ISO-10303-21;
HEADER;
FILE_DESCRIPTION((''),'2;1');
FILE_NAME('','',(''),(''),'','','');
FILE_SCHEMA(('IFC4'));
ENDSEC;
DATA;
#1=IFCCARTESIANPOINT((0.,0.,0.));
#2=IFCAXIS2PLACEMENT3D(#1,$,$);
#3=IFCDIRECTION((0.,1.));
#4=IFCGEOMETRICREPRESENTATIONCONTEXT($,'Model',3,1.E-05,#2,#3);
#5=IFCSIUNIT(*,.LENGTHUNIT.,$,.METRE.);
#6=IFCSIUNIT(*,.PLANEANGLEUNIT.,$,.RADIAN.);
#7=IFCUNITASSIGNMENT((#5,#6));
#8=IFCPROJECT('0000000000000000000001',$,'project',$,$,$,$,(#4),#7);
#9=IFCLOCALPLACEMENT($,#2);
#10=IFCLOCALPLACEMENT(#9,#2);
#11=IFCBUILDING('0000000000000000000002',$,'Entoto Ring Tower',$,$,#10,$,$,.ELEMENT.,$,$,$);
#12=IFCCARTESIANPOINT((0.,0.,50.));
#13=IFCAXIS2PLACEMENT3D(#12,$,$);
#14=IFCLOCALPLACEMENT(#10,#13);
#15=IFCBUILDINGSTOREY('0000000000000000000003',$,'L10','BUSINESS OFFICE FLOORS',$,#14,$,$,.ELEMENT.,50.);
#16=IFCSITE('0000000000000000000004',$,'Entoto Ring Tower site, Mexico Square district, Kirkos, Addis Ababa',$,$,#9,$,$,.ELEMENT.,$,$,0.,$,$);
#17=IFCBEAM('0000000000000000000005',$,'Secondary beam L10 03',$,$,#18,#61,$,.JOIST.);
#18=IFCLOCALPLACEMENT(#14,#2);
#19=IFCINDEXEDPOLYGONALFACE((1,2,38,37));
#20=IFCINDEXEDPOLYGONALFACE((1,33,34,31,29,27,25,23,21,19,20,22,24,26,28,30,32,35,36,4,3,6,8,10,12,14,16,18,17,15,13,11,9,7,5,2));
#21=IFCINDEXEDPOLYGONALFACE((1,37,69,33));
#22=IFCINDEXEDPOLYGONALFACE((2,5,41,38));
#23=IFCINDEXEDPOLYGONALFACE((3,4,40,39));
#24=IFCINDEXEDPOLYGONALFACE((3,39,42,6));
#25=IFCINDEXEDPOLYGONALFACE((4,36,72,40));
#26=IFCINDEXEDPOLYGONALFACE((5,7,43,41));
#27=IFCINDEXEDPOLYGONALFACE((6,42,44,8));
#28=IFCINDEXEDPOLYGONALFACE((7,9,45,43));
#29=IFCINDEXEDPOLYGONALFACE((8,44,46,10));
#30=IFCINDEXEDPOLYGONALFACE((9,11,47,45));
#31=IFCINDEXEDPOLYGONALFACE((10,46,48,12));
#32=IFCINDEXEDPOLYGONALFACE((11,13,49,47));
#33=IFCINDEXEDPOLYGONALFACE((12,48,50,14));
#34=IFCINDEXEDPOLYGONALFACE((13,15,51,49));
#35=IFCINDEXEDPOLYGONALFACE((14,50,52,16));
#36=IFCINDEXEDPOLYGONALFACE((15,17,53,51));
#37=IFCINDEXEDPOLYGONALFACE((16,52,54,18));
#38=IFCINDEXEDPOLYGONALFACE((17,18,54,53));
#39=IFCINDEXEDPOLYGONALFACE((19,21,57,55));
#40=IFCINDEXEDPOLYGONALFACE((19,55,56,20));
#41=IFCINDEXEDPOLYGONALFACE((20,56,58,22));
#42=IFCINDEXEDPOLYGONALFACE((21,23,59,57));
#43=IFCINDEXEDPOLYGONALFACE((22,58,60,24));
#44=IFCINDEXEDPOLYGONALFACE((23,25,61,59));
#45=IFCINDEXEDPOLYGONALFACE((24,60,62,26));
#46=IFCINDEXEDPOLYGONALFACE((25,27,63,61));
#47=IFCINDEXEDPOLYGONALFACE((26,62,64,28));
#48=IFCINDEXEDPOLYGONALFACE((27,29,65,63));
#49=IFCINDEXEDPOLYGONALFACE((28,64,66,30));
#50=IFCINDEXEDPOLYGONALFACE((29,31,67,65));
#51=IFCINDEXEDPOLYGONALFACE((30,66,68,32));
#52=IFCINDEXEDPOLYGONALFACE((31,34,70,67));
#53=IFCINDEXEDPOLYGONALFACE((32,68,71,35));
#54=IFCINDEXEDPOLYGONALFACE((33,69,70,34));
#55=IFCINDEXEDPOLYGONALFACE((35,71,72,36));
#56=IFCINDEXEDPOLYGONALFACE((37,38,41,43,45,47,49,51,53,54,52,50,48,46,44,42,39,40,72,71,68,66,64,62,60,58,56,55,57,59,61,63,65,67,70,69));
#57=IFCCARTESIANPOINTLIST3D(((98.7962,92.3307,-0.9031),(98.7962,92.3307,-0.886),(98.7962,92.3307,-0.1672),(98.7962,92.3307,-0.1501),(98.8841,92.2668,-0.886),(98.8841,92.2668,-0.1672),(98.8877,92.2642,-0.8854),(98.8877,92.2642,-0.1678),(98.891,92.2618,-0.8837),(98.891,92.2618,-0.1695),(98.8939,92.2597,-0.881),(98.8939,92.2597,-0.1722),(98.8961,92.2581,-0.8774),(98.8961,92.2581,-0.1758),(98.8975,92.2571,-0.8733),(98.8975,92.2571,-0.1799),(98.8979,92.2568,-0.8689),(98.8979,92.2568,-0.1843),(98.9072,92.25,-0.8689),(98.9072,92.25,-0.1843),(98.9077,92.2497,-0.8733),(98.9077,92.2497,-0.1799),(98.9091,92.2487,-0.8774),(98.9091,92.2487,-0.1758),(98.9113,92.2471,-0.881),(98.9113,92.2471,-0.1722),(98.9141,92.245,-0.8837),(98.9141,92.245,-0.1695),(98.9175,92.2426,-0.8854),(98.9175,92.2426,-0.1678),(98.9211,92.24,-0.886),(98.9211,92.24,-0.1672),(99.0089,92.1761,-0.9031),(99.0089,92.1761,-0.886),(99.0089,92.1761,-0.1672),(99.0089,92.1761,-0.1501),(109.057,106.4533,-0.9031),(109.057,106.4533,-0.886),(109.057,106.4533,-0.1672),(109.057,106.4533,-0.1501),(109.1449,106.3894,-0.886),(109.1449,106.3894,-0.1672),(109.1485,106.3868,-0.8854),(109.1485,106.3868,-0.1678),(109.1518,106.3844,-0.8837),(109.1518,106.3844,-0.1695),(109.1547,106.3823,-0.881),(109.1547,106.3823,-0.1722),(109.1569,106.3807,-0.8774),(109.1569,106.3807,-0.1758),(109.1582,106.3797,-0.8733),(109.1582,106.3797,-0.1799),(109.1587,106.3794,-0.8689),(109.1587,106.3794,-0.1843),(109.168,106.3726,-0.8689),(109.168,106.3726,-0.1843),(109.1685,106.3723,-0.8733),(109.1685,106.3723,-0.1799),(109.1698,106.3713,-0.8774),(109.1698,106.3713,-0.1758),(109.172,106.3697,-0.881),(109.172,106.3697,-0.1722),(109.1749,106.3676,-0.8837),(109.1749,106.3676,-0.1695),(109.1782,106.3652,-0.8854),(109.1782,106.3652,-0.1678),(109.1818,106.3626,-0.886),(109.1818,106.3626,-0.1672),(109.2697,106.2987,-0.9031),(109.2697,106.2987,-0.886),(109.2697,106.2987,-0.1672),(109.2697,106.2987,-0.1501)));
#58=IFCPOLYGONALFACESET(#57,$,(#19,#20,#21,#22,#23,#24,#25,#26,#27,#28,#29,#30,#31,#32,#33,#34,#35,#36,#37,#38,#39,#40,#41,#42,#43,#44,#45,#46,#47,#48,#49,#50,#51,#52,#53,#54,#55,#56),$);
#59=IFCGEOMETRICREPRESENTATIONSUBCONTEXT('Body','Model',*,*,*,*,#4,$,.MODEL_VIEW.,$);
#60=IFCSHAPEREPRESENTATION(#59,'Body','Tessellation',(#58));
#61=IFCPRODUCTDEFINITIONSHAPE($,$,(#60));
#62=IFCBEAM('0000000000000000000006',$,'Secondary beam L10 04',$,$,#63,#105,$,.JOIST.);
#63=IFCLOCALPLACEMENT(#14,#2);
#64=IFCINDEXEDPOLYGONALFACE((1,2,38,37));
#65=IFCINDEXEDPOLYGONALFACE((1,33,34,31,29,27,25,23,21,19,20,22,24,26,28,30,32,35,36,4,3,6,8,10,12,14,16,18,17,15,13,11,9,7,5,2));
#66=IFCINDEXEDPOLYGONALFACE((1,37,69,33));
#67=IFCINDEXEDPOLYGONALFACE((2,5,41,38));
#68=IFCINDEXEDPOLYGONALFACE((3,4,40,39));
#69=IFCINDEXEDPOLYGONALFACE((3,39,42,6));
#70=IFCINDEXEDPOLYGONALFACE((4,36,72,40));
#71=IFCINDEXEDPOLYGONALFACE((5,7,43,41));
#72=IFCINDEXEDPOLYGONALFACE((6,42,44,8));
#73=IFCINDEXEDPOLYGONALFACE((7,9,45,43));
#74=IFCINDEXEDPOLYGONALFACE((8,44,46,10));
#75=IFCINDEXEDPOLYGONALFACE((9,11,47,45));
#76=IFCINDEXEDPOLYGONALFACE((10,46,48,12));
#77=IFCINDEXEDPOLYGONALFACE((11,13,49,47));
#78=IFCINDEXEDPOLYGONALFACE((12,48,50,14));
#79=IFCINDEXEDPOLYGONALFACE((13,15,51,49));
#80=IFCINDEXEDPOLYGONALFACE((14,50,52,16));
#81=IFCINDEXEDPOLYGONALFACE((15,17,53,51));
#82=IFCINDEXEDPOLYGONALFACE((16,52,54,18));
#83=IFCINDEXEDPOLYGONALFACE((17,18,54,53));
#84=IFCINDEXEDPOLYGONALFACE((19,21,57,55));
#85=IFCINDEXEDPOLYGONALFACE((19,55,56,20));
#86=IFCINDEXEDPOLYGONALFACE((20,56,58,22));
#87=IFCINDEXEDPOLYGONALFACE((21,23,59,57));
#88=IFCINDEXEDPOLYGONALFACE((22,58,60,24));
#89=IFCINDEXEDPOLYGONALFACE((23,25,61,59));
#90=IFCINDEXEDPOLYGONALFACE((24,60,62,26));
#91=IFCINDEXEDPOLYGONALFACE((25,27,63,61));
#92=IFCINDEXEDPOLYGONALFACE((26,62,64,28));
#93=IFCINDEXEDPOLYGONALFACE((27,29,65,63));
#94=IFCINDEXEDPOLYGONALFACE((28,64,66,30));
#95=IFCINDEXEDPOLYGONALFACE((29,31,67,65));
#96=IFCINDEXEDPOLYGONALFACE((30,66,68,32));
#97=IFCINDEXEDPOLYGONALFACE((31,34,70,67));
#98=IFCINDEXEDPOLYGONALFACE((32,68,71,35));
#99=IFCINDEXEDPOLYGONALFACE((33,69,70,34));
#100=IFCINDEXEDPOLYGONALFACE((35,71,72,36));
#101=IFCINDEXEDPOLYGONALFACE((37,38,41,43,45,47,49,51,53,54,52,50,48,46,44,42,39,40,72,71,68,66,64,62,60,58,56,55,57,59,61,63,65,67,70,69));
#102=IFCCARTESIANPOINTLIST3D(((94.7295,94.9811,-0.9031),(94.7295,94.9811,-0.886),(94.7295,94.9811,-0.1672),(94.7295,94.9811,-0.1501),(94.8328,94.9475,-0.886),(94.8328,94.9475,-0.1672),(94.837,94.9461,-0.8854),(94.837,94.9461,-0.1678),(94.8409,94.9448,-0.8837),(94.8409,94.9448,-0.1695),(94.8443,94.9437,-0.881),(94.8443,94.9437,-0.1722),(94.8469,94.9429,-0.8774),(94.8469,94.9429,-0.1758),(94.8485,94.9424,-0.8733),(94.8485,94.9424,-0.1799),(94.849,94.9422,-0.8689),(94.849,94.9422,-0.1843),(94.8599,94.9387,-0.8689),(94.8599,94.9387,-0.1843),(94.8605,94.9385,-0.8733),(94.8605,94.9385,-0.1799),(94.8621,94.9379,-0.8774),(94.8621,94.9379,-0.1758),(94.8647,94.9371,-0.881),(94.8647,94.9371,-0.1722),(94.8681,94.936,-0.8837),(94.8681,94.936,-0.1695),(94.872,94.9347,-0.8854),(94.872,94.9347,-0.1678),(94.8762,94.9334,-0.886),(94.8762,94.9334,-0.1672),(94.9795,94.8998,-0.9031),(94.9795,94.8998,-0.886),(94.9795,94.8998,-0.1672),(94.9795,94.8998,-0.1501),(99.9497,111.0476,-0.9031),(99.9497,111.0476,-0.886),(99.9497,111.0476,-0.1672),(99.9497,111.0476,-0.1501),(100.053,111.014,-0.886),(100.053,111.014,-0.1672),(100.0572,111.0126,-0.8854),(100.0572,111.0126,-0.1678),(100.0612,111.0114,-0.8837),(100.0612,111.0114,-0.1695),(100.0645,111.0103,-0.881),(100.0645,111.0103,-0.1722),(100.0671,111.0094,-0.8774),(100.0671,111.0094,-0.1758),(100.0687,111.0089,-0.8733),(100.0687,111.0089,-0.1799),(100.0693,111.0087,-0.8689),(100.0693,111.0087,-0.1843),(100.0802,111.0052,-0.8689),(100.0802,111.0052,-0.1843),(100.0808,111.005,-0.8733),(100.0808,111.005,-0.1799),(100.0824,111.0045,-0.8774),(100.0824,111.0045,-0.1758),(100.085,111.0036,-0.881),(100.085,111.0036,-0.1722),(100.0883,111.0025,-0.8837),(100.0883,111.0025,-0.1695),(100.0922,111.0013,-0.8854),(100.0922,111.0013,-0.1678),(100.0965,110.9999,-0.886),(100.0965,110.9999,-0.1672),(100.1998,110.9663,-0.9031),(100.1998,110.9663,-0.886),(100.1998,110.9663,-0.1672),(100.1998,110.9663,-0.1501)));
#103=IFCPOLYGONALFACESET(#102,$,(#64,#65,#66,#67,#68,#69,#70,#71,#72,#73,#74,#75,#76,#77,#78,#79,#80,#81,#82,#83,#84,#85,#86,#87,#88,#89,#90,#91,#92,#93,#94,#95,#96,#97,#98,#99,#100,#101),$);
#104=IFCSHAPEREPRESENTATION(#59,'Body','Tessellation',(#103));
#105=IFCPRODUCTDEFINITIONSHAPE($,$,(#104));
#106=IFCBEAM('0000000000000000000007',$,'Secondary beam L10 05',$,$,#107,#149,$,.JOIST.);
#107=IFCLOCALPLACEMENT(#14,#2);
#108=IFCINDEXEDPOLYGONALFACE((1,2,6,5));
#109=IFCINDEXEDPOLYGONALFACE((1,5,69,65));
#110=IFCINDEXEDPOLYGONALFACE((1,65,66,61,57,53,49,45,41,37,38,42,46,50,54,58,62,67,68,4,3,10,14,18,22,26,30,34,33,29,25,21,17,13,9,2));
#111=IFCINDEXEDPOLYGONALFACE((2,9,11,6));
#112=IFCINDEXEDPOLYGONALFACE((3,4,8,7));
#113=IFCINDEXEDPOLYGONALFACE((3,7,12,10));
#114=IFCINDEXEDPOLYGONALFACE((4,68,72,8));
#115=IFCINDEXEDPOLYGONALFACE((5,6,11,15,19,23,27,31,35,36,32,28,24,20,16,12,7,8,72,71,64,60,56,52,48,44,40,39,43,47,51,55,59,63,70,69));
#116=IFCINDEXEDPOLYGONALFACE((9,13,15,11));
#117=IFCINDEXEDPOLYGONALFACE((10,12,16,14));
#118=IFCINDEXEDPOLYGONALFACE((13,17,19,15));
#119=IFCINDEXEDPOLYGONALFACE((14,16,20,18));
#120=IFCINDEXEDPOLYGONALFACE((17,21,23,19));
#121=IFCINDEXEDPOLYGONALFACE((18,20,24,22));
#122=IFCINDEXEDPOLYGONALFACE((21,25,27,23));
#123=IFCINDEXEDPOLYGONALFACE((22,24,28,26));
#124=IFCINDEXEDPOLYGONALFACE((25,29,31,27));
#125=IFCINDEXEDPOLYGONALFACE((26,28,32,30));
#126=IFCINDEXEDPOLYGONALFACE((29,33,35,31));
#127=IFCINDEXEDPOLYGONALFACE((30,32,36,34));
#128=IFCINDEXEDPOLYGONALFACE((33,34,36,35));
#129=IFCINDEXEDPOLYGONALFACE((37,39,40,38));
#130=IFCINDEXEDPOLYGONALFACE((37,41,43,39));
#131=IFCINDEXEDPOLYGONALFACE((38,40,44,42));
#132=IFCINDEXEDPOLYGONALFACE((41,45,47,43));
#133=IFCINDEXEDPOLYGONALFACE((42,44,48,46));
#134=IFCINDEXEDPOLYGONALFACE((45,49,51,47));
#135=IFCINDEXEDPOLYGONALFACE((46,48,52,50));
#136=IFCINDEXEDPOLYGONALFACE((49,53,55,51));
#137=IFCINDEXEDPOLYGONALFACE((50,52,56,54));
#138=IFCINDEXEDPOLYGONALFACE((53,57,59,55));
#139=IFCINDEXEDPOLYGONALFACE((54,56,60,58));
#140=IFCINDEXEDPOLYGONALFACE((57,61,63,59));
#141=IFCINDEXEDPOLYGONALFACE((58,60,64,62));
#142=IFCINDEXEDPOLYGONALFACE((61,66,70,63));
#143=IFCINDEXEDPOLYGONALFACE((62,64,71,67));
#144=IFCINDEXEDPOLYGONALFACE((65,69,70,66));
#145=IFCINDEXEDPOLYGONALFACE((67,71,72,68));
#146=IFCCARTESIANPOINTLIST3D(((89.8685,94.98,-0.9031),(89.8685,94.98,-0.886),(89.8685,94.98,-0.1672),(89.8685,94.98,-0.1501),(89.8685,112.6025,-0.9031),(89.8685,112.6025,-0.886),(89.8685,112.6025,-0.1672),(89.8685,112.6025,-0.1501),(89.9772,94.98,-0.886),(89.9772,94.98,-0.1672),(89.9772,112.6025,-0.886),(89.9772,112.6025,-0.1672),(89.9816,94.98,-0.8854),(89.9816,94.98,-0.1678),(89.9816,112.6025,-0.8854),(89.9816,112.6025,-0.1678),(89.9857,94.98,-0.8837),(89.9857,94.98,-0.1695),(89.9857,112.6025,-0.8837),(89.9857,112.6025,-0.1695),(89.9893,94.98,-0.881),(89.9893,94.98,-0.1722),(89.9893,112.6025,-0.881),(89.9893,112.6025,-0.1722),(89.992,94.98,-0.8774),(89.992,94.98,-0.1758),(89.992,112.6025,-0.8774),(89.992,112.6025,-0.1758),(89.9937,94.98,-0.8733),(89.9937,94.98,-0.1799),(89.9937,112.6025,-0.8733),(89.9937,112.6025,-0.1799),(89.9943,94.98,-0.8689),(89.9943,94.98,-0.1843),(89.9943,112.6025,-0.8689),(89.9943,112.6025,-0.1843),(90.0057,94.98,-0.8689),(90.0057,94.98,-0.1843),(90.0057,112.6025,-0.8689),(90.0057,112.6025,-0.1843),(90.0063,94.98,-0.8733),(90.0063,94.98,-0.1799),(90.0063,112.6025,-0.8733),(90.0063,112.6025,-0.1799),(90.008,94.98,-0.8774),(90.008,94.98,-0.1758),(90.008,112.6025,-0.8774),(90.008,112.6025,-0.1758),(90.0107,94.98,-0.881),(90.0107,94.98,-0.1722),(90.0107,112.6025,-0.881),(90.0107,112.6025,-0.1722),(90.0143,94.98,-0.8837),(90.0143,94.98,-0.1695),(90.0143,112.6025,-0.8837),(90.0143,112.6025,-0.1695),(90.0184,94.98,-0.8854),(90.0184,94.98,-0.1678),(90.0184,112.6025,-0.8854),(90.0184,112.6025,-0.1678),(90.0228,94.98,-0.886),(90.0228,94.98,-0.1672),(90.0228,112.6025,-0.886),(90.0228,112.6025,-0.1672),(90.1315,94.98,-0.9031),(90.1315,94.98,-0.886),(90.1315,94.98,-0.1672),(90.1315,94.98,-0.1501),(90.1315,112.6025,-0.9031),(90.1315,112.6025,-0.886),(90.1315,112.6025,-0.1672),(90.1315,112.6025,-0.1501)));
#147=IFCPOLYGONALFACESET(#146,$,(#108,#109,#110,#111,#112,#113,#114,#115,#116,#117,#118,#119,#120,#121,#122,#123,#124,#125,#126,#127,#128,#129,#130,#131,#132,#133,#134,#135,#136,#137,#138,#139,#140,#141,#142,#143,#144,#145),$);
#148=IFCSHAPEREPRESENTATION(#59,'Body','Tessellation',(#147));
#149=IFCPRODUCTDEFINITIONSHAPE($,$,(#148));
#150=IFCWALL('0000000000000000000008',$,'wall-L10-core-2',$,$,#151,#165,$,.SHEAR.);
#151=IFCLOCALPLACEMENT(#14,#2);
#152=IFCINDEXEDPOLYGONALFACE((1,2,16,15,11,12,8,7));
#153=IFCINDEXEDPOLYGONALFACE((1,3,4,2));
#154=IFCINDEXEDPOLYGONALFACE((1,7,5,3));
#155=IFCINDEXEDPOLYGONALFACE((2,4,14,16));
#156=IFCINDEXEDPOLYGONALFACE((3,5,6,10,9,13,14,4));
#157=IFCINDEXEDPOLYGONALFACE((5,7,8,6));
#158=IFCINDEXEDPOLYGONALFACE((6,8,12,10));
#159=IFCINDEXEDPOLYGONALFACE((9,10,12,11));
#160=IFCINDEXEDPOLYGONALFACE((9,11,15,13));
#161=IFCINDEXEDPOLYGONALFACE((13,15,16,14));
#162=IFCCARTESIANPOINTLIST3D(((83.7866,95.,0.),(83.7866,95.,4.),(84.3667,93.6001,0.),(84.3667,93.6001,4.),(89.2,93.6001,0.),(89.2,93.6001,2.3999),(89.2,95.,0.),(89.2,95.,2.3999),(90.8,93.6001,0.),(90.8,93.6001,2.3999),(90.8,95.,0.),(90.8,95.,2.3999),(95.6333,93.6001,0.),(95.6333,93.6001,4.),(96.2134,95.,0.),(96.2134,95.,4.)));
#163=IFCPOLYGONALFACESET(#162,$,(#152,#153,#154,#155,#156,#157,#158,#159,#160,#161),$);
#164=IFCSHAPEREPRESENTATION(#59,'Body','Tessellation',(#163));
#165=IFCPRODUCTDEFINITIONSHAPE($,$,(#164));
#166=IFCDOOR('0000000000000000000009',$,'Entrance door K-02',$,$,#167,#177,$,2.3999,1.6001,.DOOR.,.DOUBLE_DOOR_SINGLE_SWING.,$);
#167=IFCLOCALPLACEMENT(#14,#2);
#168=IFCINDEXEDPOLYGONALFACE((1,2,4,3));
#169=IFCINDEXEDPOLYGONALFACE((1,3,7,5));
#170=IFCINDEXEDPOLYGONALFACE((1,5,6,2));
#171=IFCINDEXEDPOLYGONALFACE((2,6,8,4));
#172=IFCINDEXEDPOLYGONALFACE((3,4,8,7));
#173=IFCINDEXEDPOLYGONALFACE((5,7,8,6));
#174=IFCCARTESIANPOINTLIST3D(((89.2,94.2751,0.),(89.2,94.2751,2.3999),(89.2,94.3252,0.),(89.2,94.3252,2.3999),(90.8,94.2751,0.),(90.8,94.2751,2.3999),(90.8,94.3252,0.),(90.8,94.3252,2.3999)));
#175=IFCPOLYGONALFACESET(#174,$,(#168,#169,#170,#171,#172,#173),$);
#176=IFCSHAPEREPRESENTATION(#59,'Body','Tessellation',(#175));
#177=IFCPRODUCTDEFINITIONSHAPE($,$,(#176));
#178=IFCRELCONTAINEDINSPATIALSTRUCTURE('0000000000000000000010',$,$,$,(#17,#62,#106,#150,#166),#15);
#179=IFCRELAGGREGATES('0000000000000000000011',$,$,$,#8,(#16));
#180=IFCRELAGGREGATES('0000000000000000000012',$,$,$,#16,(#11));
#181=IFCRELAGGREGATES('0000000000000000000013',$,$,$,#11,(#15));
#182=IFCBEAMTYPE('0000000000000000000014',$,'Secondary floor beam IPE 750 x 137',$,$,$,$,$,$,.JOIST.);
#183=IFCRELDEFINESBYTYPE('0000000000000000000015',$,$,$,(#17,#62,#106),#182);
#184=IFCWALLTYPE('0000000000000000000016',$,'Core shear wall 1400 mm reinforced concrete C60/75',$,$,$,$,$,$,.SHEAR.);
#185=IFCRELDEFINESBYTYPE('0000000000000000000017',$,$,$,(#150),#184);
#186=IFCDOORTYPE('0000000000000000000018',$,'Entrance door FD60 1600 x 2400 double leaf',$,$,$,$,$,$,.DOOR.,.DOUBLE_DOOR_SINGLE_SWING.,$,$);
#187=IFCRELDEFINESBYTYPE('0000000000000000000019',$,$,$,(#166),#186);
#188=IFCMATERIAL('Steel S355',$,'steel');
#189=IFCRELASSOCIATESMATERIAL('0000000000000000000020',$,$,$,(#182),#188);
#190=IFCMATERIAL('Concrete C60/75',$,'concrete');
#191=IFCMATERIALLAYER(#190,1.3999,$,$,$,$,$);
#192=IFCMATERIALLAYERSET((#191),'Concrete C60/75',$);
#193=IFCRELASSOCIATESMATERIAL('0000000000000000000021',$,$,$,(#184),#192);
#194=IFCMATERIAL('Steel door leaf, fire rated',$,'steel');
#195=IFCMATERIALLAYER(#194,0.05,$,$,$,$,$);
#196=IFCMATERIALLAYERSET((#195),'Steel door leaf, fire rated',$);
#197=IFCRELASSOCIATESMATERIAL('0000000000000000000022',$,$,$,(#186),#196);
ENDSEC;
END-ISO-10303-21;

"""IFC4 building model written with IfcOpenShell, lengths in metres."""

from ifc_helpers import new_model, si_unit, direction, frame, frame_2d, origin, origin_2d, place, context, subcontext, project, spatial, polyline, rectangle, i_section, outline, extrude, material, layer, layer_set, material_profile, profile_set, type_object, element, fill, save


model = new_model("IFC4")

# Units and contexts
model_context = context("Model", 3, precision=1e-05, world=origin(), true_north=direction((0.0, 1.0)))
body_context = subcontext(model_context, "Body", "Model", "MODEL_VIEW")
ifc_project = project(units=[si_unit("LENGTHUNIT", "METRE"), si_unit("PLANEANGLEUNIT", "RADIAN")], contexts=[model_context])

# Site, building, storey
site_placement = place(None, origin())
site = spatial("IfcSite", under=ifc_project, at=site_placement, Name="Entoto Ring Tower site, Mexico Square district, Kirkos, Addis Ababa", CompositionType="ELEMENT", RefElevation=0.0)
building_placement = place(site_placement, origin())
building = spatial("IfcBuilding", under=site, at=building_placement, Name="Entoto Ring Tower", CompositionType="ELEMENT")
storey_placement = place(building_placement, frame((0.0, 0.0, 50.0)))
storey = spatial("IfcBuildingStorey", under=building, at=storey_placement, Name="L10", Description="BUSINESS OFFICE FLOORS", CompositionType="ELEMENT", Elevation=50.0)

# Beams
ifc_material_1 = material(Name="Steel S355", Category="steel")
ifc_material_profile_1 = material_profile(ifc_material_1, i_section(OverallWidth=0.2629, OverallDepth=0.7529, WebThickness=0.0115, FlangeThickness=0.0171, FilletRadius=0.0171, at=origin_2d()), Name="IPE 750 x 137")
ifc_profile_set_1 = profile_set([ifc_material_profile_1], Name="Steel S355")
beam_type_1 = type_object("IfcBeamType", Name="Secondary floor beam IPE 750 x 137", PredefinedType="JOIST", material=ifc_profile_set_1)
beam_1_placement = place(storey_placement, frame((98.9026, 92.2534, -0.5266), z_axis=(0.587789, 0.809014, 0.0), x_axis=(-0.809014, 0.587789, 0.0)))
element("IfcBeam", 1, at=beam_1_placement, inside=storey, type_object=beam_type_1, Name="Secondary beam L10 03", PredefinedType="JOIST", context=body_context, shape_type="SweptSolid", body=[
    extrude(i_section(OverallWidth=0.2629, OverallDepth=0.7529, WebThickness=0.0115, FlangeThickness=0.0171, FilletRadius=0.0171, at=origin_2d()), origin(), (0.0, 0.0, 1.0), 17.4565),
])
beam_2_placement = place(storey_placement, frame((94.8545, 94.9404, -0.5266), z_axis=(0.309013, 0.951058, 0.0), x_axis=(-0.951058, 0.309013, 0.0)))
element("IfcBeam", 2, at=beam_2_placement, inside=storey, type_object=beam_type_1, Name="Secondary beam L10 04", PredefinedType="JOIST", context=body_context, shape_type="SweptSolid", body=[
    extrude(i_section(OverallWidth=0.2629, OverallDepth=0.7529, WebThickness=0.0115, FlangeThickness=0.0171, FilletRadius=0.0171, at=origin_2d()), origin(), (0.0, 0.0, 1.0), 16.8933),
])
beam_3_placement = place(storey_placement, frame((90.0, 94.98, -0.5266), z_axis=(0.0, 1.0, 0.0), x_axis=(-1.0, 0.0, 0.0)))
element("IfcBeam", 3, at=beam_3_placement, inside=storey, type_object=beam_type_1, Name="Secondary beam L10 05", PredefinedType="JOIST", context=body_context, shape_type="SweptSolid", body=[
    extrude(i_section(OverallWidth=0.2629, OverallDepth=0.7529, WebThickness=0.0115, FlangeThickness=0.0171, FilletRadius=0.0171, at=origin_2d()), origin(), (0.0, 0.0, 1.0), 17.6226),
])

# Wall, opening, door
ifc_material_2 = material(Name="Concrete C60/75", Category="concrete")
ifc_layer_1 = layer(ifc_material_2, 1.3999)
ifc_layer_set_1 = layer_set([ifc_layer_1], Name="Concrete C60/75")
wall_type_1 = type_object("IfcWallType", Name="Core shear wall 1400 mm reinforced concrete C60/75", PredefinedType="SHEAR", material=ifc_layer_set_1)
wall_1_placement = place(storey_placement, frame((95.9233, 94.3, 0.0), z_axis=(0.0, 0.0, 1.0), x_axis=(-1.0, 0.0, 0.0)))
wall_1 = element("IfcWall", 4, at=wall_1_placement, inside=storey, type_object=wall_type_1, Name="wall-L10-core-2", PredefinedType="SHEAR", context=body_context, shape_type="SweptSolid", body=[
    extrude(outline(polyline([(-0.29, -0.7), (12.1367, -0.7), (11.5566, 0.7), (0.29, 0.7), (-0.29, -0.7)])), origin(), (0.0, 0.0, 1.0), 4.0),
])
opening_1_placement = place(wall_1_placement, frame((5.1233, 0.0, 0.0)))
opening_1 = element("IfcOpeningElement", 5, at=opening_1_placement, cuts=wall_1, PredefinedType="OPENING", context=body_context, shape_type="SweptSolid", body=[
    extrude(rectangle(XDim=1.6001, YDim=2.3999, at=frame_2d((0.8, 1.2))), frame((0.0, 0.71, 0.0), z_axis=(0.0, -1.0, 0.0), x_axis=(1.0, 0.0, 0.0)), (0.0, 0.0, 1.0), 1.4199),
])
ifc_material_3 = material(Name="Steel door leaf, fire rated", Category="steel")
ifc_layer_2 = layer(ifc_material_3, 0.05)
ifc_layer_set_2 = layer_set([ifc_layer_2], Name="Steel door leaf, fire rated")
door_type_1 = type_object("IfcDoorType", Name="Entrance door FD60 1600 x 2400 double leaf", OperationType="DOUBLE_DOOR_SINGLE_SWING", PredefinedType="DOOR", material=ifc_layer_set_2)
door_1_placement = place(opening_1_placement, origin())
door_1 = element("IfcDoor", 6, at=door_1_placement, inside=storey, type_object=door_type_1, Name="Entrance door K-02", OperationType="DOUBLE_DOOR_SINGLE_SWING", OverallHeight=2.3999, OverallWidth=1.6001, PredefinedType="DOOR", context=body_context, shape_type="SweptSolid", body=[
    extrude(rectangle(XDim=1.6001, YDim=2.3999, at=frame_2d((0.8, 1.2))), frame((0.0, 0.0249, 0.0), z_axis=(0.0, -1.0, 0.0), x_axis=(1.0, 0.0, 0.0)), (0.0, 0.0, 1.0), 0.05),
])
fill(opening_1, door_1)

save(model, "model.ifc")
